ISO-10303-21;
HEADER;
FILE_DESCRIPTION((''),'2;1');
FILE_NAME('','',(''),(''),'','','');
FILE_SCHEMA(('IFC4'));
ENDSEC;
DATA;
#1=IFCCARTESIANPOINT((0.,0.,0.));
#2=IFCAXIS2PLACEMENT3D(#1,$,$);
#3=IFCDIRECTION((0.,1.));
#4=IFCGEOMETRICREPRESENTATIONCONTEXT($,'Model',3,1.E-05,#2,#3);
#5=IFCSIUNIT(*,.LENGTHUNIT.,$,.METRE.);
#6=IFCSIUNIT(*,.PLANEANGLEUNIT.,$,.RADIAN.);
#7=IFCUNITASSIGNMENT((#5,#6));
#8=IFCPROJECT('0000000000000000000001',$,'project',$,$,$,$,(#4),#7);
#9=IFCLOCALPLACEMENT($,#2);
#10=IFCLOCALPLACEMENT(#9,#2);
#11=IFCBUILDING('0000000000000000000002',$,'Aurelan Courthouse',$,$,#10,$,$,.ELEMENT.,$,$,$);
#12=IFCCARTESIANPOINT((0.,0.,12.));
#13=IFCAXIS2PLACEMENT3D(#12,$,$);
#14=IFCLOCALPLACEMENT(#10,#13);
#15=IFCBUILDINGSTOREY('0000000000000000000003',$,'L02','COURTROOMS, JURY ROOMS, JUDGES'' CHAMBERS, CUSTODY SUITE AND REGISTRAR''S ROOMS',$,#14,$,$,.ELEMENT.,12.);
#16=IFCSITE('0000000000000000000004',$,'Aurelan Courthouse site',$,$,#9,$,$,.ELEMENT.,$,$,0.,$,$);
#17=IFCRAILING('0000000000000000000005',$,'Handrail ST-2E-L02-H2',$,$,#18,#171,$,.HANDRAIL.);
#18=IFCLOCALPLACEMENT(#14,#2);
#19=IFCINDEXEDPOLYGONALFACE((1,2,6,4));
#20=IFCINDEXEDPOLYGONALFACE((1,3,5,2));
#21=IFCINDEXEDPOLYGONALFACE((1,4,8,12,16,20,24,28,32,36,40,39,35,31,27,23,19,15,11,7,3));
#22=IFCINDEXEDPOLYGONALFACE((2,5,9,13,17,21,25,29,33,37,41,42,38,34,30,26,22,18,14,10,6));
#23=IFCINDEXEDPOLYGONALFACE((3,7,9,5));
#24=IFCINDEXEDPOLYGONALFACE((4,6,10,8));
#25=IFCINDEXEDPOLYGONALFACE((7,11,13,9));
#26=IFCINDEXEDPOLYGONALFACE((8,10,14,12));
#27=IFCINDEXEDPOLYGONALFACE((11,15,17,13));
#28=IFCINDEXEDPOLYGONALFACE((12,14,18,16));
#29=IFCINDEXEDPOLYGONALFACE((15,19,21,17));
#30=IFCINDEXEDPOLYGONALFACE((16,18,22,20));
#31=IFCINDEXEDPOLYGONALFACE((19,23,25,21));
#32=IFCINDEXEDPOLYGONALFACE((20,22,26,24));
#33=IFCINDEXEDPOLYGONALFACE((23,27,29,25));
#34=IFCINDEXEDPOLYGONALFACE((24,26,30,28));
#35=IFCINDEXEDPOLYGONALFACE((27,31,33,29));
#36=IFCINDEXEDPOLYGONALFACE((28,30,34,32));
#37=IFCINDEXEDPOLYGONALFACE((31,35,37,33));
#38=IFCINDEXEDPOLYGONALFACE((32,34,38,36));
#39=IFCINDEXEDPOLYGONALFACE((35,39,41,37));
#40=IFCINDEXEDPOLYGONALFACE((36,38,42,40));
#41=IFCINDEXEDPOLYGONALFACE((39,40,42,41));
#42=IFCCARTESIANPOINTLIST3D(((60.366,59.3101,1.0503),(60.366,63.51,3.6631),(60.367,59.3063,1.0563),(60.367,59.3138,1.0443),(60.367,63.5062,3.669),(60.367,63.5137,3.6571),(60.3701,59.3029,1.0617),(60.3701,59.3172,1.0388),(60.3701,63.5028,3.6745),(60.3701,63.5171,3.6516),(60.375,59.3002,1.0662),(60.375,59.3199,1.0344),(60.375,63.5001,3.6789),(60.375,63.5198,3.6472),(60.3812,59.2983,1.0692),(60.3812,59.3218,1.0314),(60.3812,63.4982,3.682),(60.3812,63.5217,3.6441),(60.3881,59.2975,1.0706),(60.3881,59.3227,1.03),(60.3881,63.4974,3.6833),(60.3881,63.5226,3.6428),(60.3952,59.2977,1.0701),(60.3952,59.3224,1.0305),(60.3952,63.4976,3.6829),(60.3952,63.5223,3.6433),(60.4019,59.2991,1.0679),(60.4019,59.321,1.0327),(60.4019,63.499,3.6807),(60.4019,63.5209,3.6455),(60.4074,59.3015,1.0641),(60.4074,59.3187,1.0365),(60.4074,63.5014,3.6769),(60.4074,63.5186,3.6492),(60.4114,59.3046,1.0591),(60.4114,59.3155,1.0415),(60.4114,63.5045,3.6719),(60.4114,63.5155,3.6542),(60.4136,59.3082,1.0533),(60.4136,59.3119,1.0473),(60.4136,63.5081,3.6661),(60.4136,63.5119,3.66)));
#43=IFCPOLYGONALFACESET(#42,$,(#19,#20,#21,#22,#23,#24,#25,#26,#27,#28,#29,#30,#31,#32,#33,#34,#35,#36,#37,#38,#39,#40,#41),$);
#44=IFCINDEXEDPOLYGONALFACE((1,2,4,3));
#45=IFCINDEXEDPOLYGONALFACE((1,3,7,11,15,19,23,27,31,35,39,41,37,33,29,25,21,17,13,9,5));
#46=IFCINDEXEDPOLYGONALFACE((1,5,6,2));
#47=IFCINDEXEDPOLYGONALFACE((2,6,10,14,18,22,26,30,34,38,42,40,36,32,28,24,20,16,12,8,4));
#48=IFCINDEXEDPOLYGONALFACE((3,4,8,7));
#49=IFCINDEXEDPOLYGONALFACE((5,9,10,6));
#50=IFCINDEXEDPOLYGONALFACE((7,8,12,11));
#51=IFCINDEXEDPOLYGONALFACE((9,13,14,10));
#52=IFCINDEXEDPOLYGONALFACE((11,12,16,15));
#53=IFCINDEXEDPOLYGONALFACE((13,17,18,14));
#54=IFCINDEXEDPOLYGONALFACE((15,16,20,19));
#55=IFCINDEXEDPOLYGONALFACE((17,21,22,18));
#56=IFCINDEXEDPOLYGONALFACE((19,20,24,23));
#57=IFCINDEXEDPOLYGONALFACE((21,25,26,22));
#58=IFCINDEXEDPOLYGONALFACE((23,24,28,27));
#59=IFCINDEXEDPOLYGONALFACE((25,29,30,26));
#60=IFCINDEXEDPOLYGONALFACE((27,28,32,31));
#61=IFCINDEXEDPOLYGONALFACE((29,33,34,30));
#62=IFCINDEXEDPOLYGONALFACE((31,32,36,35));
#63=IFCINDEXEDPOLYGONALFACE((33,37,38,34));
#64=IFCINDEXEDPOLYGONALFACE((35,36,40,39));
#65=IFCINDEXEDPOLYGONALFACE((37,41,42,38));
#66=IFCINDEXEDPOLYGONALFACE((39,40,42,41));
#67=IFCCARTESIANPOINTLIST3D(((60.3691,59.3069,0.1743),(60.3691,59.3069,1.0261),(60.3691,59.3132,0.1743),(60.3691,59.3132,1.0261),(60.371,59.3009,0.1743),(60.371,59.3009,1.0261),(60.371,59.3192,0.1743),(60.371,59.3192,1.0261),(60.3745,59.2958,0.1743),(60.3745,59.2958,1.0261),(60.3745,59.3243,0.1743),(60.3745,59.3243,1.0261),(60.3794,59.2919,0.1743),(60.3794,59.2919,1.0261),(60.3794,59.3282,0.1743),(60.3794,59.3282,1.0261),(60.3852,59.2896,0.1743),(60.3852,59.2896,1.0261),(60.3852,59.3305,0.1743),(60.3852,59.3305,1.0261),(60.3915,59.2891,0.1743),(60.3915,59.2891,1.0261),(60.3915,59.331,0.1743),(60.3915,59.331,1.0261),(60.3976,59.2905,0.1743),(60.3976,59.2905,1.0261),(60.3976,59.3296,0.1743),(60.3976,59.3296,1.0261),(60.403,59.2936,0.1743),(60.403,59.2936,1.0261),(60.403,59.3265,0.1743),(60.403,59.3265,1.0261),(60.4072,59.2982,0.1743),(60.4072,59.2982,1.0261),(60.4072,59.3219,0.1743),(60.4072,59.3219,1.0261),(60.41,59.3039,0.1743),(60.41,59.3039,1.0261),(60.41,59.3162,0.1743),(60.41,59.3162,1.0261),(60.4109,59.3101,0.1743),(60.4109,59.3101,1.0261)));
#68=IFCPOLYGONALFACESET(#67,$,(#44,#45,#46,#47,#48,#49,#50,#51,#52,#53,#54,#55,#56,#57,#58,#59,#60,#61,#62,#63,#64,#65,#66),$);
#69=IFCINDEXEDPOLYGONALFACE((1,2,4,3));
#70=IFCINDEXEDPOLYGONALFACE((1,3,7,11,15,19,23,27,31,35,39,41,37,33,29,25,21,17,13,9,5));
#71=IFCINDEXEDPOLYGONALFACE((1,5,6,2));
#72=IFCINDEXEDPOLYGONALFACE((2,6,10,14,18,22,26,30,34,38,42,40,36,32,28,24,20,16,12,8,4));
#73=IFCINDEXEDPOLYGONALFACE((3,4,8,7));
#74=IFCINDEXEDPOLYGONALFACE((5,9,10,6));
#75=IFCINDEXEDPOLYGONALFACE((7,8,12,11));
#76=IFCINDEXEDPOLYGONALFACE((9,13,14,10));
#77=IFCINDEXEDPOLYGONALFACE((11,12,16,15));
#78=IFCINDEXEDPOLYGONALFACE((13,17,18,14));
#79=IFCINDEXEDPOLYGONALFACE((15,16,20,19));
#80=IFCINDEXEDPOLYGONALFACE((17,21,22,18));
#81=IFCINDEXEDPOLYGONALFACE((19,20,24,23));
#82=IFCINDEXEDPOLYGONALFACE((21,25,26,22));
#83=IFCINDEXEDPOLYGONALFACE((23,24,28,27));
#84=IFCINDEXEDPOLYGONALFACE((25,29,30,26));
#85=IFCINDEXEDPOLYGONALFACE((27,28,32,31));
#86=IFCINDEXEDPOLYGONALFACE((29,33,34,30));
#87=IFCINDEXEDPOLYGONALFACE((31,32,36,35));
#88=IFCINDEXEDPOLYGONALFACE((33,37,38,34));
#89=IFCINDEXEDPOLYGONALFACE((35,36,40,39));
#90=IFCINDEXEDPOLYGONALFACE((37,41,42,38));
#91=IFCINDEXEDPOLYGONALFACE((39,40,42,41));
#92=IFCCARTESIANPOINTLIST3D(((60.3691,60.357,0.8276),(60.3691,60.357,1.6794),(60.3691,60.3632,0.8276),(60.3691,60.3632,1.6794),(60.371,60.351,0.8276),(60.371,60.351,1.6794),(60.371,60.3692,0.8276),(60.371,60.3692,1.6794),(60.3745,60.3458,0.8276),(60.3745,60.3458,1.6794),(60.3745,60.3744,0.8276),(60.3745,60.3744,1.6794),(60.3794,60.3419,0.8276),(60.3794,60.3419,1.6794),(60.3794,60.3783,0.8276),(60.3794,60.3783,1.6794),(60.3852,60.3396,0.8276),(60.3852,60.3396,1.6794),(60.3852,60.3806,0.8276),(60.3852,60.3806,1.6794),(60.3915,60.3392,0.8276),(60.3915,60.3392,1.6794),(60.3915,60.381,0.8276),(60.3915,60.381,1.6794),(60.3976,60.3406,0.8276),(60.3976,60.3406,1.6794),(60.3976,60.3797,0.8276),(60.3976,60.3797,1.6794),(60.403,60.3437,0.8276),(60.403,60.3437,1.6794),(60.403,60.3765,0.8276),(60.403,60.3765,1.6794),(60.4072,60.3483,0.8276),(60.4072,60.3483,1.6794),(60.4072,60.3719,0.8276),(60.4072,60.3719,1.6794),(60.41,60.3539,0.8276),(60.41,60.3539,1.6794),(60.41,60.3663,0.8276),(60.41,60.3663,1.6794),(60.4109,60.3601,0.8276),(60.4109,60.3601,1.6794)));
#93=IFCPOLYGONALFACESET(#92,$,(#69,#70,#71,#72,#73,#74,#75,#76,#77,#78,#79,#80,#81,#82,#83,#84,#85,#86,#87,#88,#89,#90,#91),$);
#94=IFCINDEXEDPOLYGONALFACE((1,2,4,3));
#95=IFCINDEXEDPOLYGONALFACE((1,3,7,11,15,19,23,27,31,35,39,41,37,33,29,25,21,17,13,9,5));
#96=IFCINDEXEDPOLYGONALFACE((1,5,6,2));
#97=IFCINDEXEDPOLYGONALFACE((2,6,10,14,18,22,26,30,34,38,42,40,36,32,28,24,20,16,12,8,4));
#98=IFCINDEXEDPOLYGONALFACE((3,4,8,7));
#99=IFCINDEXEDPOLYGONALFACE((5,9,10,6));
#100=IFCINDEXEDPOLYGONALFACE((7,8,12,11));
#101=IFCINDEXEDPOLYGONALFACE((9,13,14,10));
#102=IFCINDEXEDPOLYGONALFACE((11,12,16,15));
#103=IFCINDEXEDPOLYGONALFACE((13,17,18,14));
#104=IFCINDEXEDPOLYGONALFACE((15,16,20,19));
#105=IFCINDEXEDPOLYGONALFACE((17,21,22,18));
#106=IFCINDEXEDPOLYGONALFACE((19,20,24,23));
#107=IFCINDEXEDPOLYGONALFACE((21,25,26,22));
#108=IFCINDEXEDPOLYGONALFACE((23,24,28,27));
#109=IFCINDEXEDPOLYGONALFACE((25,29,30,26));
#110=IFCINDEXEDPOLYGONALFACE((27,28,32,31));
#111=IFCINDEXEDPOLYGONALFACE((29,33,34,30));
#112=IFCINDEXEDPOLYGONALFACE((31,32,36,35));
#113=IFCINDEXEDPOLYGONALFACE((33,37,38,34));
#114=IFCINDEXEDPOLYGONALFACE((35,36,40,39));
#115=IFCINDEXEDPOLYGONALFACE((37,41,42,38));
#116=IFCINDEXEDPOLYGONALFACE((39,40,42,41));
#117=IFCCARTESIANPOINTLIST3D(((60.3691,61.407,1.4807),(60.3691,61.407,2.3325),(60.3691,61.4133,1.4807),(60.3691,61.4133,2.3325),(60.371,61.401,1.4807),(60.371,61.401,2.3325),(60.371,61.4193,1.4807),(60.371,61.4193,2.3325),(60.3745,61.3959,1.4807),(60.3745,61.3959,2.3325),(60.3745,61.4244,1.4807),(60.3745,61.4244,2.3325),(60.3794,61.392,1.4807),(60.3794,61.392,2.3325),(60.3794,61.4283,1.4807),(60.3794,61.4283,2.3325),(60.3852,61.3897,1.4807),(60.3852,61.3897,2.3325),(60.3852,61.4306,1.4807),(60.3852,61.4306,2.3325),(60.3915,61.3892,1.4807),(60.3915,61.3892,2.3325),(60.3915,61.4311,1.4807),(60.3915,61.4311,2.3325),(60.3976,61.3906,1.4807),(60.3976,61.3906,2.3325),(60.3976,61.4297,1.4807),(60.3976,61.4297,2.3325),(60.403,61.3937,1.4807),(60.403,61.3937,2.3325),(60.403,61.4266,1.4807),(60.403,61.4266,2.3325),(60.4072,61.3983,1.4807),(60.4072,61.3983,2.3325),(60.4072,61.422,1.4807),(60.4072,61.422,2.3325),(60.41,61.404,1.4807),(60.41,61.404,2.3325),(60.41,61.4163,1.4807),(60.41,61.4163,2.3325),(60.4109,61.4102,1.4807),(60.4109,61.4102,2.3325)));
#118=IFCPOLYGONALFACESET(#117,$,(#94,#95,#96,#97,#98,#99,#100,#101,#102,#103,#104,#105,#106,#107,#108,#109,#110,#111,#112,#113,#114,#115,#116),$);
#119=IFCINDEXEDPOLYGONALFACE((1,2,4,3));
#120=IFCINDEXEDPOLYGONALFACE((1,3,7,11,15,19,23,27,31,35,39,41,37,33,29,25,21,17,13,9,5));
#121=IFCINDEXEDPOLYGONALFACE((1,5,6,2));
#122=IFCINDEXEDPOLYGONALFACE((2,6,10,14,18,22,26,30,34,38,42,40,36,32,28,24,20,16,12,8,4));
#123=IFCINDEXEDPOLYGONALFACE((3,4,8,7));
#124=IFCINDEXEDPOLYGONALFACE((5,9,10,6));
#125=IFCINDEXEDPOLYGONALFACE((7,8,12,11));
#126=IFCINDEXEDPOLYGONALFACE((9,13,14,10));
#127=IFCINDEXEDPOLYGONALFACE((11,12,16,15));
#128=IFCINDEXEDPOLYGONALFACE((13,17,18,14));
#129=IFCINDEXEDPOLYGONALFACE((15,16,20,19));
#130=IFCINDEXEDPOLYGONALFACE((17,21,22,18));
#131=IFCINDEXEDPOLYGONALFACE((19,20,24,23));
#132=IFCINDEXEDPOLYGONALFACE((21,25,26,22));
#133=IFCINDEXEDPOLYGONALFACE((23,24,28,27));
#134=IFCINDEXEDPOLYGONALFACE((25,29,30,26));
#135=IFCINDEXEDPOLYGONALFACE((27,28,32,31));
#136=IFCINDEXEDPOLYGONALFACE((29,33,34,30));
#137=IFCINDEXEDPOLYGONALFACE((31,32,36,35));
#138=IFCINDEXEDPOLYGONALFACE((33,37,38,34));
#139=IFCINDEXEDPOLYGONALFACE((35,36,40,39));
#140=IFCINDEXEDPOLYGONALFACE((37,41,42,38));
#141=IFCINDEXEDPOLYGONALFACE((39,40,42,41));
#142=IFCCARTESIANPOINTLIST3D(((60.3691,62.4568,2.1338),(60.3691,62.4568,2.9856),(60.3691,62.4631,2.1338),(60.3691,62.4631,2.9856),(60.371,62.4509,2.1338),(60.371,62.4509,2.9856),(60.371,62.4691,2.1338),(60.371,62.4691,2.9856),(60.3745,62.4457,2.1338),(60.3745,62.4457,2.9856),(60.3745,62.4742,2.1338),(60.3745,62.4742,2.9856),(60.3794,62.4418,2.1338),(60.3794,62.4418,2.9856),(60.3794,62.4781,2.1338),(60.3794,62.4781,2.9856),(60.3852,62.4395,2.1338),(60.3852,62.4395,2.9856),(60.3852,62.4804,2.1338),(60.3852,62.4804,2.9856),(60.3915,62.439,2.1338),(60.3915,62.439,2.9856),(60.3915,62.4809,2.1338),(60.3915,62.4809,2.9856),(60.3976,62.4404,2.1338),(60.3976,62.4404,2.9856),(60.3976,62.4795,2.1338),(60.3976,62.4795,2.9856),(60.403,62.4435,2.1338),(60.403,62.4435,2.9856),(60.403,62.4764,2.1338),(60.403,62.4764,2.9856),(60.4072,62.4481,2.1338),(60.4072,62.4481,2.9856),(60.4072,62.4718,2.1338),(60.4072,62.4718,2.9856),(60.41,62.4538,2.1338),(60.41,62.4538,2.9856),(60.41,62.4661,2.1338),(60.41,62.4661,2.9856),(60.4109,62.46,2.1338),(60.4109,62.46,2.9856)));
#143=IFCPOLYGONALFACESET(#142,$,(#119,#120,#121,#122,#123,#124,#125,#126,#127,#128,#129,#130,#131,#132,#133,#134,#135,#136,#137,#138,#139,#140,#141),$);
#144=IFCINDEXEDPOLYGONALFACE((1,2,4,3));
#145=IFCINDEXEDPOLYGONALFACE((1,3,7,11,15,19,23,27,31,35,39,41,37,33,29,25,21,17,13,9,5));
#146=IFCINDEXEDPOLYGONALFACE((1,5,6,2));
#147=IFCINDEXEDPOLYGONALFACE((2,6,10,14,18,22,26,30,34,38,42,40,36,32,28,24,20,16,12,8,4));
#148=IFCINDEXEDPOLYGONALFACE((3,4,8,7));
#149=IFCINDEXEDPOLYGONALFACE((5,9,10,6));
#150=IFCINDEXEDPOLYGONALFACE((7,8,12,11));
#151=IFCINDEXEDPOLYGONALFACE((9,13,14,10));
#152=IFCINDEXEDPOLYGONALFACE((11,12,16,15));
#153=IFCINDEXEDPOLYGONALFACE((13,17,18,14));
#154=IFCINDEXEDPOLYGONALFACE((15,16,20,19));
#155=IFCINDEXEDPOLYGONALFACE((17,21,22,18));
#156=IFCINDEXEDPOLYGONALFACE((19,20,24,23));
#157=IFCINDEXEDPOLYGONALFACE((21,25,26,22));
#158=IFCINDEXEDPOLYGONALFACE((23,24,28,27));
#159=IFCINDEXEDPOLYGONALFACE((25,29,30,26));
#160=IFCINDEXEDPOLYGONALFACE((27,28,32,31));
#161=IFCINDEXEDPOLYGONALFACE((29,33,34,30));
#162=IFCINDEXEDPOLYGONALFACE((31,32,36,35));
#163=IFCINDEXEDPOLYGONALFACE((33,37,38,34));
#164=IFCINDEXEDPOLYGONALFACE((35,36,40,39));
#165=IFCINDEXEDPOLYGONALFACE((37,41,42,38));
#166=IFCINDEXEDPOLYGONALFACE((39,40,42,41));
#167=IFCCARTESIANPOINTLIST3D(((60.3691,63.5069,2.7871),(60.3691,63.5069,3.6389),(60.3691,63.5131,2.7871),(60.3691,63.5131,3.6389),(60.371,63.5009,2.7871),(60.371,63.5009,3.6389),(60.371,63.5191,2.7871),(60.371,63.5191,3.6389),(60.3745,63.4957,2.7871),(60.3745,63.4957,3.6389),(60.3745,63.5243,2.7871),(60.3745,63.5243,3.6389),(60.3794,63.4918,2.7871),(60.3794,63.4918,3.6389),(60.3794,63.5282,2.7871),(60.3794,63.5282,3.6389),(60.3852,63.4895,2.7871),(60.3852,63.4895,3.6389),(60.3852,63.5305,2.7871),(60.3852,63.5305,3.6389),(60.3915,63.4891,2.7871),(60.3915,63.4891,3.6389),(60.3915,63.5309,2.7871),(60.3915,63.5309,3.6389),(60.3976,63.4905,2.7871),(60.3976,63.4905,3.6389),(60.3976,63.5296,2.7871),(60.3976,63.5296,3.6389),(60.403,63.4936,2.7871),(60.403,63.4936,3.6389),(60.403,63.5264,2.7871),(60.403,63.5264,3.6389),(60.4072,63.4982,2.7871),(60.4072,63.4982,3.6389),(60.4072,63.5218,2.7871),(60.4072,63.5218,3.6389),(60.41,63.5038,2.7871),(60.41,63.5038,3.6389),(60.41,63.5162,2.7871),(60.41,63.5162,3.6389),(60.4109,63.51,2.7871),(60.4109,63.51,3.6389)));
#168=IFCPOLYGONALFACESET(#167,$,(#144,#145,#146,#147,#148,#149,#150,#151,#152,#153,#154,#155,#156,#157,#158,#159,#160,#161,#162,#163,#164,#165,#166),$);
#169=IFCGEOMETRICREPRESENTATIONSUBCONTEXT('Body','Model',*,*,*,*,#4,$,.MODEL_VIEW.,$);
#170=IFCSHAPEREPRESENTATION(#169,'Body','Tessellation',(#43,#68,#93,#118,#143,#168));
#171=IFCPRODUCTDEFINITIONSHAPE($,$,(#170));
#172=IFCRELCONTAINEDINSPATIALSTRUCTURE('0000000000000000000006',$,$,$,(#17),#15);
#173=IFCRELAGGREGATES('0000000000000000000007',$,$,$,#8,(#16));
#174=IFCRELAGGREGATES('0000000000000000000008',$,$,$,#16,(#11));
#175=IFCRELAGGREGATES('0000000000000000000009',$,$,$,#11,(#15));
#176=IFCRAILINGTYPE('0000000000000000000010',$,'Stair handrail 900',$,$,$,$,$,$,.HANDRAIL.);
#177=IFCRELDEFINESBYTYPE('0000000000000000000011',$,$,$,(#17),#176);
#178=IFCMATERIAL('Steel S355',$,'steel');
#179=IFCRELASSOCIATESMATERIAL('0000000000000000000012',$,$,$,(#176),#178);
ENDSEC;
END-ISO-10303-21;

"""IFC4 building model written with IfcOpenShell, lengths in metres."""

from ifc_helpers import new_model, si_unit, direction, frame, origin, origin_2d, place, context, subcontext, project, spatial, circle, extrude, material, type_object, element, save


model = new_model("IFC4")

# Units and contexts
model_context = context("Model", 3, precision=1e-05, world=origin(), true_north=direction((0.0, 1.0)))
body_context = subcontext(model_context, "Body", "Model", "MODEL_VIEW")
ifc_project = project(units=[si_unit("LENGTHUNIT", "METRE"), si_unit("PLANEANGLEUNIT", "RADIAN")], contexts=[model_context])

# Site, building, storey
site_placement = place(None, origin())
site = spatial("IfcSite", under=ifc_project, at=site_placement, Name="Aurelan Courthouse site", CompositionType="ELEMENT", RefElevation=0.0)
building_placement = place(site_placement, origin())
building = spatial("IfcBuilding", under=site, at=building_placement, Name="Aurelan Courthouse", CompositionType="ELEMENT")
storey_placement = place(building_placement, frame((0.0, 0.0, 12.0)))
storey = spatial("IfcBuildingStorey", under=building, at=storey_placement, Name="L02", Description="COURTROOMS, JURY ROOMS, JUDGES' CHAMBERS, CUSTODY SUITE AND REGISTRAR'S ROOMS", CompositionType="ELEMENT", Elevation=12.0)

# Railing
ifc_material_1 = material(Name="Steel S355", Category="steel")
railing_type_1 = type_object("IfcRailingType", Name="Stair handrail 900", PredefinedType="HANDRAIL", material=ifc_material_1)
for number, where, name in (
    (1, (60.3899, 59.3101, 0.1743), "Handrail ST-2E-L02-H2"),
):
    element("IfcRailing", number, at=place(storey_placement, frame(where)), inside=storey, type_object=railing_type_1, Name=name, PredefinedType="HANDRAIL", context=body_context, shape_type="SweptSolid", body=[
        extrude(circle(Radius=0.0239, at=origin_2d()), frame((0.0, 0.0, 0.876), z_axis=(0.0, 0.849103, 0.528228), x_axis=(-1.0, 0.0, 0.0)), (0.0, 0.0, 1.0), 4.9463),
        extrude(circle(Radius=0.021, at=origin_2d()), origin(), (0.0, 0.0, 1.0), 0.8518),
        extrude(circle(Radius=0.021, at=origin_2d()), frame((0.0, 1.05, 0.6533)), (0.0, 0.0, 1.0), 0.8518),
        extrude(circle(Radius=0.021, at=origin_2d()), frame((0.0, 2.1001, 1.3064)), (0.0, 0.0, 1.0), 0.8518),
        extrude(circle(Radius=0.021, at=origin_2d()), frame((0.0, 3.1499, 1.9595)), (0.0, 0.0, 1.0), 0.8518),
        extrude(circle(Radius=0.021, at=origin_2d()), frame((0.0, 4.2, 2.6128)), (0.0, 0.0, 1.0), 0.8518),
    ])

save(model, "model.ifc")
